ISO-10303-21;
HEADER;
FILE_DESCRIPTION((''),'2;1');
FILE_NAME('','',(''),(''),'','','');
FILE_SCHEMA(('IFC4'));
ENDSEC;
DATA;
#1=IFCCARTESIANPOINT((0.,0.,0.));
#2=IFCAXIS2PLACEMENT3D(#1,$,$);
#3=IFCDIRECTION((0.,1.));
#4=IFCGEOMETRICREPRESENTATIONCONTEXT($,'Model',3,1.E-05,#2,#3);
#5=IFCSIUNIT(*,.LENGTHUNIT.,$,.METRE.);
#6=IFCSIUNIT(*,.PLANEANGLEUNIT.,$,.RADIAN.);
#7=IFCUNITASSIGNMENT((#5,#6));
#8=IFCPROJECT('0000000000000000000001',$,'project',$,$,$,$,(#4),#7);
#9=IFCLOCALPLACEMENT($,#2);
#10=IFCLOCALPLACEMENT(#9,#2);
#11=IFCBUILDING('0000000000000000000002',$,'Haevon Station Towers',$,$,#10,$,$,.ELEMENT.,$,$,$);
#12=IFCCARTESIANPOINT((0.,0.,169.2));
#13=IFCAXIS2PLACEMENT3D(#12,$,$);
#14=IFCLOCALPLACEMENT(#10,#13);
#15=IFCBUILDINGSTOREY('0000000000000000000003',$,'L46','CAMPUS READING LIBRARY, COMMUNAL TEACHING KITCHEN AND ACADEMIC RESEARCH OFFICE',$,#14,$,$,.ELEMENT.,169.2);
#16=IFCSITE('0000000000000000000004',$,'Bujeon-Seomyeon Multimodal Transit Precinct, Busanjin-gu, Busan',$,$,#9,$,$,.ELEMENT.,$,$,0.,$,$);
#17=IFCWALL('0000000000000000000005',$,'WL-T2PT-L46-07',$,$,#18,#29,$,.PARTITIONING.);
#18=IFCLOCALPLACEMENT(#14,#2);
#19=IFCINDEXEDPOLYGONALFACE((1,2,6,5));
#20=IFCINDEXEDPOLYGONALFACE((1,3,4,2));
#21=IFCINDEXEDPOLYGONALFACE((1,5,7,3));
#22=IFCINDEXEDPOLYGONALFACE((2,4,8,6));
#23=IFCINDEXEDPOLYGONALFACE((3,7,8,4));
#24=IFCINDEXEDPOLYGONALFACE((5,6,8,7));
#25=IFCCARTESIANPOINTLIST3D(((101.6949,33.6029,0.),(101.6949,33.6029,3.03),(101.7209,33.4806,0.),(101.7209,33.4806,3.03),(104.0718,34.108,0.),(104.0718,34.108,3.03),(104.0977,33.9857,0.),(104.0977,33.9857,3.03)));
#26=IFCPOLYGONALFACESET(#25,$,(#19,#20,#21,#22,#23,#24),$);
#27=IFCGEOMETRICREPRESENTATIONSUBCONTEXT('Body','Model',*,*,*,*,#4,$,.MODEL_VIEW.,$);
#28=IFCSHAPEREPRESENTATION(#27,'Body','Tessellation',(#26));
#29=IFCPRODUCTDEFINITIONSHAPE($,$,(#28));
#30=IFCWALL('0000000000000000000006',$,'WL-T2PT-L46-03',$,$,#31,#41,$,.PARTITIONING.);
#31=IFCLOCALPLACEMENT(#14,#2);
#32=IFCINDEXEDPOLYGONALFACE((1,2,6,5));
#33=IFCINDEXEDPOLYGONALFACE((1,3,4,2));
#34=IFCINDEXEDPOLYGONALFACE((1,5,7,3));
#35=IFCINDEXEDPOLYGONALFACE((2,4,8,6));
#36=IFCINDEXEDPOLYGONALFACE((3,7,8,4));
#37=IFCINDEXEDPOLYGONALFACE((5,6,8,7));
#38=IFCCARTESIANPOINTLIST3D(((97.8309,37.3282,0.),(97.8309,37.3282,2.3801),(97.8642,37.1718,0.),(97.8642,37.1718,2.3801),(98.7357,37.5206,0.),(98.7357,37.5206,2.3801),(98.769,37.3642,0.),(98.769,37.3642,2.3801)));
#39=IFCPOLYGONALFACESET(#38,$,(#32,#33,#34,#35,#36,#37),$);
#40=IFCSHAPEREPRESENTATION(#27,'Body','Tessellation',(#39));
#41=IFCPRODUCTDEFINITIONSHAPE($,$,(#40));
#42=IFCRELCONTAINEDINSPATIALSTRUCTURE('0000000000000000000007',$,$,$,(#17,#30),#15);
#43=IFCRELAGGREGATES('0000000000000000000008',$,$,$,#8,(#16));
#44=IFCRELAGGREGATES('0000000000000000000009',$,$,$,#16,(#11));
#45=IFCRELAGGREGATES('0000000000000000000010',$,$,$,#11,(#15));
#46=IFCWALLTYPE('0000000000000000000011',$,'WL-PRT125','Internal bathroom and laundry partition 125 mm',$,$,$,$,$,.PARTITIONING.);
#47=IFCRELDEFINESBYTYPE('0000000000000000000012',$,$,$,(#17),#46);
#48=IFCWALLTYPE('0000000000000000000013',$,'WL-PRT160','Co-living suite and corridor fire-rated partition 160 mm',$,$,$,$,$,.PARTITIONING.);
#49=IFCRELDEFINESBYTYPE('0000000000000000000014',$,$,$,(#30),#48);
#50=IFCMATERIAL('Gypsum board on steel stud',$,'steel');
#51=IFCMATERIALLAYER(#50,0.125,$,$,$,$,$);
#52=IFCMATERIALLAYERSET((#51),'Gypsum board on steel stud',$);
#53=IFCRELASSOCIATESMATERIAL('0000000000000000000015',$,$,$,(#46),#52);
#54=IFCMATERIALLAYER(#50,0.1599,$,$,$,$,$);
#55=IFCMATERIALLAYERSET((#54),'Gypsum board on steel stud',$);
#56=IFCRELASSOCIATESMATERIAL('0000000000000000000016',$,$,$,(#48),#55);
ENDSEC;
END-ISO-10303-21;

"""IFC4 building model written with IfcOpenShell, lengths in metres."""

from ifc_helpers import new_model, si_unit, direction, frame, frame_2d, origin, place, context, subcontext, project, spatial, rectangle, extrude, material, layer, layer_set, type_object, element, save


model = new_model("IFC4")

# Units and contexts
model_context = context("Model", 3, precision=1e-05, world=origin(), true_north=direction((0.0, 1.0)))
body_context = subcontext(model_context, "Body", "Model", "MODEL_VIEW")
ifc_project = project(units=[si_unit("LENGTHUNIT", "METRE"), si_unit("PLANEANGLEUNIT", "RADIAN")], contexts=[model_context])

# Site, building, storey
site_placement = place(None, origin())
site = spatial("IfcSite", under=ifc_project, at=site_placement, Name="Bujeon-Seomyeon Multimodal Transit Precinct, Busanjin-gu, Busan", CompositionType="ELEMENT", RefElevation=0.0)
building_placement = place(site_placement, origin())
building = spatial("IfcBuilding", under=site, at=building_placement, Name="Haevon Station Towers", CompositionType="ELEMENT")
storey_placement = place(building_placement, frame((0.0, 0.0, 169.2)))
storey = spatial("IfcBuildingStorey", under=building, at=storey_placement, Name="L46", Description="CAMPUS READING LIBRARY, COMMUNAL TEACHING KITCHEN AND ACADEMIC RESEARCH OFFICE", CompositionType="ELEMENT", Elevation=169.2)

# Walls
ifc_material_1 = material(Name="Gypsum board on steel stud", Category="steel")
ifc_layer_1 = layer(ifc_material_1, 0.125)
ifc_layer_set_1 = layer_set([ifc_layer_1], Name="Gypsum board on steel stud")
wall_type_1 = type_object("IfcWallType", Name="WL-PRT125", Description="Internal bathroom and laundry partition 125 mm", PredefinedType="PARTITIONING", material=ifc_layer_set_1)
wall_1_placement = place(storey_placement, frame((101.708, 33.5417, 0.0), z_axis=(0.0, 0.0, 1.0), x_axis=(0.978157, 0.207868, 0.0)))
element("IfcWall", 1, at=wall_1_placement, inside=storey, type_object=wall_type_1, Name="WL-T2PT-L46-07", PredefinedType="PARTITIONING", context=body_context, shape_type="SweptSolid", body=[
    extrude(rectangle(XDim=2.4299, YDim=0.125, at=frame_2d((1.2148, 0.0))), origin(), (0.0, 0.0, 1.0), 3.03),
])
ifc_layer_2 = layer(ifc_material_1, 0.1599)
ifc_layer_set_2 = layer_set([ifc_layer_2], Name="Gypsum board on steel stud")
wall_type_2 = type_object("IfcWallType", Name="WL-PRT160", Description="Co-living suite and corridor fire-rated partition 160 mm", PredefinedType="PARTITIONING", material=ifc_layer_set_2)
wall_2_placement = place(storey_placement, frame((97.8477, 37.25, 0.0), z_axis=(0.0, 0.0, 1.0), x_axis=(0.978133, 0.207979, 0.0)))
element("IfcWall", 2, at=wall_2_placement, inside=storey, type_object=wall_type_2, Name="WL-T2PT-L46-03", PredefinedType="PARTITIONING", context=body_context, shape_type="SweptSolid", body=[
    extrude(rectangle(XDim=0.925, YDim=0.1599, at=frame_2d((0.4624, 0.0))), origin(), (0.0, 0.0, 1.0), 2.3801),
])

save(model, "model.ifc")
